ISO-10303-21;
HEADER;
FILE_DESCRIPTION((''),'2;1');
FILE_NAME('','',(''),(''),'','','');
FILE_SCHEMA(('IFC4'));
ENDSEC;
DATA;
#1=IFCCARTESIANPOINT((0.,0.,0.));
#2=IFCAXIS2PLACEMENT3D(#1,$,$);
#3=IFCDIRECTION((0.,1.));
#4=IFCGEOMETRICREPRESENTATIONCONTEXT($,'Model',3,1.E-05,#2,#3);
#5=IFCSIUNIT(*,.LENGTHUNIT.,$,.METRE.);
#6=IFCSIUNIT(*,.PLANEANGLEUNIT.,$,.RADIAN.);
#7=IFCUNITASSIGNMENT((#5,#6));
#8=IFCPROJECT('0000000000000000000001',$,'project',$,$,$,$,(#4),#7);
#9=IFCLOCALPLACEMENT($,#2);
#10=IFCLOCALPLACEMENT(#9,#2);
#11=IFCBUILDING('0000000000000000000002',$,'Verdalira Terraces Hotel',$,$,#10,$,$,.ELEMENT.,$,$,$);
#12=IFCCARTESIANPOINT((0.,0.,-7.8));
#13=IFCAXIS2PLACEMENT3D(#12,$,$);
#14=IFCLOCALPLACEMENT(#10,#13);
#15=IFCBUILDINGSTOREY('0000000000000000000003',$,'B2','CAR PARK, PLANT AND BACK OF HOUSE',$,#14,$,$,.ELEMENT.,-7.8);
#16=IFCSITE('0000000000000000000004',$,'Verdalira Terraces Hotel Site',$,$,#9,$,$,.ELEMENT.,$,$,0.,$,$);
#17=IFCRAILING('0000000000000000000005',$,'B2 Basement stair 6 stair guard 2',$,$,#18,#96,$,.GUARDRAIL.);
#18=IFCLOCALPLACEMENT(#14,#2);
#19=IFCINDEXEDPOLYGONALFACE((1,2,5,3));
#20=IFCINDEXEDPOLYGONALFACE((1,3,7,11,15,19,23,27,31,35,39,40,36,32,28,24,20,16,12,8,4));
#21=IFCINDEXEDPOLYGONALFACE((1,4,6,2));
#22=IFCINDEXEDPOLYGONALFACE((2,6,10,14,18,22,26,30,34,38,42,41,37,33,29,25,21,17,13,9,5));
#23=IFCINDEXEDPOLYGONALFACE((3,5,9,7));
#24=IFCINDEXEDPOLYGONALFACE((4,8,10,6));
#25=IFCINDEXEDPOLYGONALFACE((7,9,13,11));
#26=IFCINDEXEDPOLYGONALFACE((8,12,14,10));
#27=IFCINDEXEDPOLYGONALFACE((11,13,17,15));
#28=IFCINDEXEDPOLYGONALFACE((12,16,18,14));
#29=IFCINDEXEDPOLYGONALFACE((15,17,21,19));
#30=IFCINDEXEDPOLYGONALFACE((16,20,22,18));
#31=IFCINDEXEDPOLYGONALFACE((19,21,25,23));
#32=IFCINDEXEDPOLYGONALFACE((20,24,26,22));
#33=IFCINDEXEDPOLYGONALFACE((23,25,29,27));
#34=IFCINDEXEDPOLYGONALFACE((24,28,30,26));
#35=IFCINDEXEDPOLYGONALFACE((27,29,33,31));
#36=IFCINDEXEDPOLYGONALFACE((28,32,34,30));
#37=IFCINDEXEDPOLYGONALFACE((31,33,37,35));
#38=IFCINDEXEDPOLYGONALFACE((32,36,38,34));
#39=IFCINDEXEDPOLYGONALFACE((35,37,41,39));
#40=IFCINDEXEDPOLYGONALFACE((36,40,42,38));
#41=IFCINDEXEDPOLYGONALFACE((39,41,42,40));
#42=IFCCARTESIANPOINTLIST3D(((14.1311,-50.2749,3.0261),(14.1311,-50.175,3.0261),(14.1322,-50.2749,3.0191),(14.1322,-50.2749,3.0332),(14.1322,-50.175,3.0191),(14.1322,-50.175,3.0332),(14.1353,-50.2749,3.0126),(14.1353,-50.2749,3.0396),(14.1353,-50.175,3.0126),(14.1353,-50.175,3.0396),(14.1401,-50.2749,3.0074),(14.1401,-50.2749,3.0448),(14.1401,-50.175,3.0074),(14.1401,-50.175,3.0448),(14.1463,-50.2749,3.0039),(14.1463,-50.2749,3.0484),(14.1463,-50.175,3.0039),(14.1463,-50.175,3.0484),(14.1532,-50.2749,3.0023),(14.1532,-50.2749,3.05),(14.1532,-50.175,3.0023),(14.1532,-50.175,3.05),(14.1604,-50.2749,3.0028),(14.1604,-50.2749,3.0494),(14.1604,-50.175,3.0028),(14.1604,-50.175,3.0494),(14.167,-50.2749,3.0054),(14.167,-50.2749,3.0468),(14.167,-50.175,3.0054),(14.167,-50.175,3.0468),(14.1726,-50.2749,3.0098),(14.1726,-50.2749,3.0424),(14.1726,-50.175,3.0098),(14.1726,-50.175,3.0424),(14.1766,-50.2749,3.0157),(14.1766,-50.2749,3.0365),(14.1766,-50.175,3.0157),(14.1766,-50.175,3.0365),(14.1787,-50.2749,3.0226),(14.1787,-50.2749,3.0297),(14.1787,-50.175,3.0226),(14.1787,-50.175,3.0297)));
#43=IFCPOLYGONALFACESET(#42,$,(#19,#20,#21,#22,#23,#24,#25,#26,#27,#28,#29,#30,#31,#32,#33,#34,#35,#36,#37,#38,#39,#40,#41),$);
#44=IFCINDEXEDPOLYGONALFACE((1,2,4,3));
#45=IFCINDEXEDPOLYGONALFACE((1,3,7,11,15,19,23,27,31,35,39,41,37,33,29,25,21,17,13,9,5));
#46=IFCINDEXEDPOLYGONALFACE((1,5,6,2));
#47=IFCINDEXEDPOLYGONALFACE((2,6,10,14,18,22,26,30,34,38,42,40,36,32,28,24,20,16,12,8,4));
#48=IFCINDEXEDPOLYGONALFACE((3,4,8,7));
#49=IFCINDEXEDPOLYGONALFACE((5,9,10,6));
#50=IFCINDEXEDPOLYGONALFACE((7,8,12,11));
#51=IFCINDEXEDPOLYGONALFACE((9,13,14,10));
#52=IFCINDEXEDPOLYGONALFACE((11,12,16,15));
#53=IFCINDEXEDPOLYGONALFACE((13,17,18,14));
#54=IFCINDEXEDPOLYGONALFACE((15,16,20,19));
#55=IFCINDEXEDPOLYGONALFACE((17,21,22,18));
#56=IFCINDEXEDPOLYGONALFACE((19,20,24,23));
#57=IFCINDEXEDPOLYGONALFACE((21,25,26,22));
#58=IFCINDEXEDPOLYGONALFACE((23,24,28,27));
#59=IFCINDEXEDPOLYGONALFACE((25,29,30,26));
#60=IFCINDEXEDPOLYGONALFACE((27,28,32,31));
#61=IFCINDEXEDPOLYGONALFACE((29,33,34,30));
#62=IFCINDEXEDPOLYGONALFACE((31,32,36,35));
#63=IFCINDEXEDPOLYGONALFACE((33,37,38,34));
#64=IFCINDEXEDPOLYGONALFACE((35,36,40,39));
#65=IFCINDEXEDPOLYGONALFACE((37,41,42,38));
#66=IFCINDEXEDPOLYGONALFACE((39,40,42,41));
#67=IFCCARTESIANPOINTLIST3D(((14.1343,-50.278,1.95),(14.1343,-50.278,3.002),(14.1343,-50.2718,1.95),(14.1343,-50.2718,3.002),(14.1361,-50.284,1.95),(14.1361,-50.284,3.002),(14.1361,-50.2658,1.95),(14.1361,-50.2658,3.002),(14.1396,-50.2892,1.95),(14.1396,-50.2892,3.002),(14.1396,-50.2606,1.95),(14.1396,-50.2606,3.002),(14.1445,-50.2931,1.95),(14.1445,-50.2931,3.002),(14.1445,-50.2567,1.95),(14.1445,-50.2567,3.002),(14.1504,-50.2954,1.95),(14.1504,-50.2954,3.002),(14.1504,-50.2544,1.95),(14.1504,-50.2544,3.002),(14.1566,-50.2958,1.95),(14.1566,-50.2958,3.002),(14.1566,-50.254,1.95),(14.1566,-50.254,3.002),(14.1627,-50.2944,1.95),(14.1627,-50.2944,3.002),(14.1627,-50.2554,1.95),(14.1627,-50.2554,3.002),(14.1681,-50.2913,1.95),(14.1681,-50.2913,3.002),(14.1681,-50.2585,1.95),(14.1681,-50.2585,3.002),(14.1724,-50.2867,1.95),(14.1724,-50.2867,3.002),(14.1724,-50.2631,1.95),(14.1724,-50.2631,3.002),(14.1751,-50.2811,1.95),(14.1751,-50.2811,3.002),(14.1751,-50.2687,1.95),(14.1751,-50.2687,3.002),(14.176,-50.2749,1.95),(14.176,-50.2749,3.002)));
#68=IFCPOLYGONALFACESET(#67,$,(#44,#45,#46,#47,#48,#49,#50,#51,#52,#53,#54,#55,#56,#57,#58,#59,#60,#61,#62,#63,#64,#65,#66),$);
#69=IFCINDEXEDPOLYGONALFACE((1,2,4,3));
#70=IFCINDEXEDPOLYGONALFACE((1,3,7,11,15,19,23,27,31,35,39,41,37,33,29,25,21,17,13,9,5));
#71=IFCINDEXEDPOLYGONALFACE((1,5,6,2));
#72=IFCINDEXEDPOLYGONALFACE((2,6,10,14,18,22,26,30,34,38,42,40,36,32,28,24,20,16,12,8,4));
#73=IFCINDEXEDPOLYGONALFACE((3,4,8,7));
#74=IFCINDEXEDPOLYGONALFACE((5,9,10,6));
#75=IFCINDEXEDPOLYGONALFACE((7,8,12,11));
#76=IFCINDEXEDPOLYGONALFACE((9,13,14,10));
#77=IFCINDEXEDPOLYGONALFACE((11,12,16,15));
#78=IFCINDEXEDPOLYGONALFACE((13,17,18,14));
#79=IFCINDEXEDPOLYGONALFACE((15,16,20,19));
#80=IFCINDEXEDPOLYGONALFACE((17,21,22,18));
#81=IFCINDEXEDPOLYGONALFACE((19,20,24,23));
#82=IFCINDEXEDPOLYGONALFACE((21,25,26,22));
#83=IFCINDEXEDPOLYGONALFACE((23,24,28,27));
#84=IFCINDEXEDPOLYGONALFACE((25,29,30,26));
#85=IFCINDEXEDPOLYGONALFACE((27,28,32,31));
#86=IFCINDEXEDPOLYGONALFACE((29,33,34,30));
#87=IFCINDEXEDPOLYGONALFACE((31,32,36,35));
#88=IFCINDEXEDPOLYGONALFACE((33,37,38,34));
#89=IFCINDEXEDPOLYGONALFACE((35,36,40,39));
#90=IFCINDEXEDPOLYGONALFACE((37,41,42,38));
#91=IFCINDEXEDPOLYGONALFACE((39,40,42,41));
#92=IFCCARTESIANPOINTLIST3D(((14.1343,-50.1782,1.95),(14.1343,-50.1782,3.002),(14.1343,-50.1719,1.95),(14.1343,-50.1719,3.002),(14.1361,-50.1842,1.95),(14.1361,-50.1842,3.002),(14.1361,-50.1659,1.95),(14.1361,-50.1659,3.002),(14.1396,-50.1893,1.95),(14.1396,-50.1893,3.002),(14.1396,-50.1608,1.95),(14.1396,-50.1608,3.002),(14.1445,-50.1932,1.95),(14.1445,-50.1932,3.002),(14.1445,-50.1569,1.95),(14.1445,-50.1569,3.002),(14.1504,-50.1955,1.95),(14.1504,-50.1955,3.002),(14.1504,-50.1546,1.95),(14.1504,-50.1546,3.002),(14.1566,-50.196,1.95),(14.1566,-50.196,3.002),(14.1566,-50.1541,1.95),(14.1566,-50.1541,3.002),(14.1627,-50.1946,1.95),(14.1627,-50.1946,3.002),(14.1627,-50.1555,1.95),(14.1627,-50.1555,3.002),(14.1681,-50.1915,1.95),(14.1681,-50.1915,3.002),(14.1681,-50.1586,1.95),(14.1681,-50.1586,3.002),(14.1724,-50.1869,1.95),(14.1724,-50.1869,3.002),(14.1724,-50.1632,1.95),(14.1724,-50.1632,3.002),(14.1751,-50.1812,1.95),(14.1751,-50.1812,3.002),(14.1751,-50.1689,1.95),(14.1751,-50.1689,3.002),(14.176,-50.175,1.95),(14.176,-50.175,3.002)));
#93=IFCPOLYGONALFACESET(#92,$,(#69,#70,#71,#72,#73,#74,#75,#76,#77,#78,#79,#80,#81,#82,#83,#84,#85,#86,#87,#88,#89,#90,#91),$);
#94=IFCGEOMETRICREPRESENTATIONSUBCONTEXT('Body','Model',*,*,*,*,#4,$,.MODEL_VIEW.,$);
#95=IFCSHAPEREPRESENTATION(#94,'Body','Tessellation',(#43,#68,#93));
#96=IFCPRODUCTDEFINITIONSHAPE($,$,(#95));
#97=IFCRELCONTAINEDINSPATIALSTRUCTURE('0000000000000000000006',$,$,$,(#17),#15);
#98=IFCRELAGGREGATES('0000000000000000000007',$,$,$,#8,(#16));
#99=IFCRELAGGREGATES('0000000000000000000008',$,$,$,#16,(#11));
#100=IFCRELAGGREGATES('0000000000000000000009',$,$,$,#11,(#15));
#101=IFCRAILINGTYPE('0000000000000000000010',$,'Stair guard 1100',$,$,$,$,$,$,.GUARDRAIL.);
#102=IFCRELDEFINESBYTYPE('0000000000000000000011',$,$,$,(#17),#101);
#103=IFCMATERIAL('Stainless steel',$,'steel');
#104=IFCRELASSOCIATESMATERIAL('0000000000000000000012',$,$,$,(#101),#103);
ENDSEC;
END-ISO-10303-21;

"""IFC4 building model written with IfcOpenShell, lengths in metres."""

from ifc_helpers import new_model, si_unit, direction, frame, origin, origin_2d, place, context, subcontext, project, spatial, circle, extrude, material, type_object, element, save


model = new_model("IFC4")

# Units and contexts
model_context = context("Model", 3, precision=1e-05, world=origin(), true_north=direction((0.0, 1.0)))
body_context = subcontext(model_context, "Body", "Model", "MODEL_VIEW")
ifc_project = project(units=[si_unit("LENGTHUNIT", "METRE"), si_unit("PLANEANGLEUNIT", "RADIAN")], contexts=[model_context])

# Site, building, storey
site_placement = place(None, origin())
site = spatial("IfcSite", under=ifc_project, at=site_placement, Name="Verdalira Terraces Hotel Site", CompositionType="ELEMENT", RefElevation=0.0)
building_placement = place(site_placement, origin())
building = spatial("IfcBuilding", under=site, at=building_placement, Name="Verdalira Terraces Hotel", CompositionType="ELEMENT")
storey_placement = place(building_placement, frame((0.0, 0.0, -7.8)))
storey = spatial("IfcBuildingStorey", under=building, at=storey_placement, Name="B2", Description="CAR PARK, PLANT AND BACK OF HOUSE", CompositionType="ELEMENT", Elevation=-7.8)

# Railing
ifc_material_1 = material(Name="Stainless steel", Category="steel")
railing_type_1 = type_object("IfcRailingType", Name="Stair guard 1100", PredefinedType="GUARDRAIL", material=ifc_material_1)
railing_1_placement = place(storey_placement, frame((14.155, -50.2749, 1.95)))
element("IfcRailing", 1, at=railing_1_placement, inside=storey, type_object=railing_type_1, Name="B2 Basement stair 6 stair guard 2", PredefinedType="GUARDRAIL", context=body_context, shape_type="SweptSolid", body=[
    extrude(circle(Radius=0.0239, at=origin_2d()), frame((0.0, 0.0, 1.0762), z_axis=(0.0, 1.0, 0.0), x_axis=(-1.0, 0.0, 0.0)), (0.0, 0.0, 1.0), 0.0999),
    extrude(circle(Radius=0.021, at=origin_2d()), origin(), (0.0, 0.0, 1.0), 1.052),
    extrude(circle(Radius=0.021, at=origin_2d()), frame((0.0, 0.0999, 0.0)), (0.0, 0.0, 1.0), 1.052),
])

save(model, "model.ifc")
